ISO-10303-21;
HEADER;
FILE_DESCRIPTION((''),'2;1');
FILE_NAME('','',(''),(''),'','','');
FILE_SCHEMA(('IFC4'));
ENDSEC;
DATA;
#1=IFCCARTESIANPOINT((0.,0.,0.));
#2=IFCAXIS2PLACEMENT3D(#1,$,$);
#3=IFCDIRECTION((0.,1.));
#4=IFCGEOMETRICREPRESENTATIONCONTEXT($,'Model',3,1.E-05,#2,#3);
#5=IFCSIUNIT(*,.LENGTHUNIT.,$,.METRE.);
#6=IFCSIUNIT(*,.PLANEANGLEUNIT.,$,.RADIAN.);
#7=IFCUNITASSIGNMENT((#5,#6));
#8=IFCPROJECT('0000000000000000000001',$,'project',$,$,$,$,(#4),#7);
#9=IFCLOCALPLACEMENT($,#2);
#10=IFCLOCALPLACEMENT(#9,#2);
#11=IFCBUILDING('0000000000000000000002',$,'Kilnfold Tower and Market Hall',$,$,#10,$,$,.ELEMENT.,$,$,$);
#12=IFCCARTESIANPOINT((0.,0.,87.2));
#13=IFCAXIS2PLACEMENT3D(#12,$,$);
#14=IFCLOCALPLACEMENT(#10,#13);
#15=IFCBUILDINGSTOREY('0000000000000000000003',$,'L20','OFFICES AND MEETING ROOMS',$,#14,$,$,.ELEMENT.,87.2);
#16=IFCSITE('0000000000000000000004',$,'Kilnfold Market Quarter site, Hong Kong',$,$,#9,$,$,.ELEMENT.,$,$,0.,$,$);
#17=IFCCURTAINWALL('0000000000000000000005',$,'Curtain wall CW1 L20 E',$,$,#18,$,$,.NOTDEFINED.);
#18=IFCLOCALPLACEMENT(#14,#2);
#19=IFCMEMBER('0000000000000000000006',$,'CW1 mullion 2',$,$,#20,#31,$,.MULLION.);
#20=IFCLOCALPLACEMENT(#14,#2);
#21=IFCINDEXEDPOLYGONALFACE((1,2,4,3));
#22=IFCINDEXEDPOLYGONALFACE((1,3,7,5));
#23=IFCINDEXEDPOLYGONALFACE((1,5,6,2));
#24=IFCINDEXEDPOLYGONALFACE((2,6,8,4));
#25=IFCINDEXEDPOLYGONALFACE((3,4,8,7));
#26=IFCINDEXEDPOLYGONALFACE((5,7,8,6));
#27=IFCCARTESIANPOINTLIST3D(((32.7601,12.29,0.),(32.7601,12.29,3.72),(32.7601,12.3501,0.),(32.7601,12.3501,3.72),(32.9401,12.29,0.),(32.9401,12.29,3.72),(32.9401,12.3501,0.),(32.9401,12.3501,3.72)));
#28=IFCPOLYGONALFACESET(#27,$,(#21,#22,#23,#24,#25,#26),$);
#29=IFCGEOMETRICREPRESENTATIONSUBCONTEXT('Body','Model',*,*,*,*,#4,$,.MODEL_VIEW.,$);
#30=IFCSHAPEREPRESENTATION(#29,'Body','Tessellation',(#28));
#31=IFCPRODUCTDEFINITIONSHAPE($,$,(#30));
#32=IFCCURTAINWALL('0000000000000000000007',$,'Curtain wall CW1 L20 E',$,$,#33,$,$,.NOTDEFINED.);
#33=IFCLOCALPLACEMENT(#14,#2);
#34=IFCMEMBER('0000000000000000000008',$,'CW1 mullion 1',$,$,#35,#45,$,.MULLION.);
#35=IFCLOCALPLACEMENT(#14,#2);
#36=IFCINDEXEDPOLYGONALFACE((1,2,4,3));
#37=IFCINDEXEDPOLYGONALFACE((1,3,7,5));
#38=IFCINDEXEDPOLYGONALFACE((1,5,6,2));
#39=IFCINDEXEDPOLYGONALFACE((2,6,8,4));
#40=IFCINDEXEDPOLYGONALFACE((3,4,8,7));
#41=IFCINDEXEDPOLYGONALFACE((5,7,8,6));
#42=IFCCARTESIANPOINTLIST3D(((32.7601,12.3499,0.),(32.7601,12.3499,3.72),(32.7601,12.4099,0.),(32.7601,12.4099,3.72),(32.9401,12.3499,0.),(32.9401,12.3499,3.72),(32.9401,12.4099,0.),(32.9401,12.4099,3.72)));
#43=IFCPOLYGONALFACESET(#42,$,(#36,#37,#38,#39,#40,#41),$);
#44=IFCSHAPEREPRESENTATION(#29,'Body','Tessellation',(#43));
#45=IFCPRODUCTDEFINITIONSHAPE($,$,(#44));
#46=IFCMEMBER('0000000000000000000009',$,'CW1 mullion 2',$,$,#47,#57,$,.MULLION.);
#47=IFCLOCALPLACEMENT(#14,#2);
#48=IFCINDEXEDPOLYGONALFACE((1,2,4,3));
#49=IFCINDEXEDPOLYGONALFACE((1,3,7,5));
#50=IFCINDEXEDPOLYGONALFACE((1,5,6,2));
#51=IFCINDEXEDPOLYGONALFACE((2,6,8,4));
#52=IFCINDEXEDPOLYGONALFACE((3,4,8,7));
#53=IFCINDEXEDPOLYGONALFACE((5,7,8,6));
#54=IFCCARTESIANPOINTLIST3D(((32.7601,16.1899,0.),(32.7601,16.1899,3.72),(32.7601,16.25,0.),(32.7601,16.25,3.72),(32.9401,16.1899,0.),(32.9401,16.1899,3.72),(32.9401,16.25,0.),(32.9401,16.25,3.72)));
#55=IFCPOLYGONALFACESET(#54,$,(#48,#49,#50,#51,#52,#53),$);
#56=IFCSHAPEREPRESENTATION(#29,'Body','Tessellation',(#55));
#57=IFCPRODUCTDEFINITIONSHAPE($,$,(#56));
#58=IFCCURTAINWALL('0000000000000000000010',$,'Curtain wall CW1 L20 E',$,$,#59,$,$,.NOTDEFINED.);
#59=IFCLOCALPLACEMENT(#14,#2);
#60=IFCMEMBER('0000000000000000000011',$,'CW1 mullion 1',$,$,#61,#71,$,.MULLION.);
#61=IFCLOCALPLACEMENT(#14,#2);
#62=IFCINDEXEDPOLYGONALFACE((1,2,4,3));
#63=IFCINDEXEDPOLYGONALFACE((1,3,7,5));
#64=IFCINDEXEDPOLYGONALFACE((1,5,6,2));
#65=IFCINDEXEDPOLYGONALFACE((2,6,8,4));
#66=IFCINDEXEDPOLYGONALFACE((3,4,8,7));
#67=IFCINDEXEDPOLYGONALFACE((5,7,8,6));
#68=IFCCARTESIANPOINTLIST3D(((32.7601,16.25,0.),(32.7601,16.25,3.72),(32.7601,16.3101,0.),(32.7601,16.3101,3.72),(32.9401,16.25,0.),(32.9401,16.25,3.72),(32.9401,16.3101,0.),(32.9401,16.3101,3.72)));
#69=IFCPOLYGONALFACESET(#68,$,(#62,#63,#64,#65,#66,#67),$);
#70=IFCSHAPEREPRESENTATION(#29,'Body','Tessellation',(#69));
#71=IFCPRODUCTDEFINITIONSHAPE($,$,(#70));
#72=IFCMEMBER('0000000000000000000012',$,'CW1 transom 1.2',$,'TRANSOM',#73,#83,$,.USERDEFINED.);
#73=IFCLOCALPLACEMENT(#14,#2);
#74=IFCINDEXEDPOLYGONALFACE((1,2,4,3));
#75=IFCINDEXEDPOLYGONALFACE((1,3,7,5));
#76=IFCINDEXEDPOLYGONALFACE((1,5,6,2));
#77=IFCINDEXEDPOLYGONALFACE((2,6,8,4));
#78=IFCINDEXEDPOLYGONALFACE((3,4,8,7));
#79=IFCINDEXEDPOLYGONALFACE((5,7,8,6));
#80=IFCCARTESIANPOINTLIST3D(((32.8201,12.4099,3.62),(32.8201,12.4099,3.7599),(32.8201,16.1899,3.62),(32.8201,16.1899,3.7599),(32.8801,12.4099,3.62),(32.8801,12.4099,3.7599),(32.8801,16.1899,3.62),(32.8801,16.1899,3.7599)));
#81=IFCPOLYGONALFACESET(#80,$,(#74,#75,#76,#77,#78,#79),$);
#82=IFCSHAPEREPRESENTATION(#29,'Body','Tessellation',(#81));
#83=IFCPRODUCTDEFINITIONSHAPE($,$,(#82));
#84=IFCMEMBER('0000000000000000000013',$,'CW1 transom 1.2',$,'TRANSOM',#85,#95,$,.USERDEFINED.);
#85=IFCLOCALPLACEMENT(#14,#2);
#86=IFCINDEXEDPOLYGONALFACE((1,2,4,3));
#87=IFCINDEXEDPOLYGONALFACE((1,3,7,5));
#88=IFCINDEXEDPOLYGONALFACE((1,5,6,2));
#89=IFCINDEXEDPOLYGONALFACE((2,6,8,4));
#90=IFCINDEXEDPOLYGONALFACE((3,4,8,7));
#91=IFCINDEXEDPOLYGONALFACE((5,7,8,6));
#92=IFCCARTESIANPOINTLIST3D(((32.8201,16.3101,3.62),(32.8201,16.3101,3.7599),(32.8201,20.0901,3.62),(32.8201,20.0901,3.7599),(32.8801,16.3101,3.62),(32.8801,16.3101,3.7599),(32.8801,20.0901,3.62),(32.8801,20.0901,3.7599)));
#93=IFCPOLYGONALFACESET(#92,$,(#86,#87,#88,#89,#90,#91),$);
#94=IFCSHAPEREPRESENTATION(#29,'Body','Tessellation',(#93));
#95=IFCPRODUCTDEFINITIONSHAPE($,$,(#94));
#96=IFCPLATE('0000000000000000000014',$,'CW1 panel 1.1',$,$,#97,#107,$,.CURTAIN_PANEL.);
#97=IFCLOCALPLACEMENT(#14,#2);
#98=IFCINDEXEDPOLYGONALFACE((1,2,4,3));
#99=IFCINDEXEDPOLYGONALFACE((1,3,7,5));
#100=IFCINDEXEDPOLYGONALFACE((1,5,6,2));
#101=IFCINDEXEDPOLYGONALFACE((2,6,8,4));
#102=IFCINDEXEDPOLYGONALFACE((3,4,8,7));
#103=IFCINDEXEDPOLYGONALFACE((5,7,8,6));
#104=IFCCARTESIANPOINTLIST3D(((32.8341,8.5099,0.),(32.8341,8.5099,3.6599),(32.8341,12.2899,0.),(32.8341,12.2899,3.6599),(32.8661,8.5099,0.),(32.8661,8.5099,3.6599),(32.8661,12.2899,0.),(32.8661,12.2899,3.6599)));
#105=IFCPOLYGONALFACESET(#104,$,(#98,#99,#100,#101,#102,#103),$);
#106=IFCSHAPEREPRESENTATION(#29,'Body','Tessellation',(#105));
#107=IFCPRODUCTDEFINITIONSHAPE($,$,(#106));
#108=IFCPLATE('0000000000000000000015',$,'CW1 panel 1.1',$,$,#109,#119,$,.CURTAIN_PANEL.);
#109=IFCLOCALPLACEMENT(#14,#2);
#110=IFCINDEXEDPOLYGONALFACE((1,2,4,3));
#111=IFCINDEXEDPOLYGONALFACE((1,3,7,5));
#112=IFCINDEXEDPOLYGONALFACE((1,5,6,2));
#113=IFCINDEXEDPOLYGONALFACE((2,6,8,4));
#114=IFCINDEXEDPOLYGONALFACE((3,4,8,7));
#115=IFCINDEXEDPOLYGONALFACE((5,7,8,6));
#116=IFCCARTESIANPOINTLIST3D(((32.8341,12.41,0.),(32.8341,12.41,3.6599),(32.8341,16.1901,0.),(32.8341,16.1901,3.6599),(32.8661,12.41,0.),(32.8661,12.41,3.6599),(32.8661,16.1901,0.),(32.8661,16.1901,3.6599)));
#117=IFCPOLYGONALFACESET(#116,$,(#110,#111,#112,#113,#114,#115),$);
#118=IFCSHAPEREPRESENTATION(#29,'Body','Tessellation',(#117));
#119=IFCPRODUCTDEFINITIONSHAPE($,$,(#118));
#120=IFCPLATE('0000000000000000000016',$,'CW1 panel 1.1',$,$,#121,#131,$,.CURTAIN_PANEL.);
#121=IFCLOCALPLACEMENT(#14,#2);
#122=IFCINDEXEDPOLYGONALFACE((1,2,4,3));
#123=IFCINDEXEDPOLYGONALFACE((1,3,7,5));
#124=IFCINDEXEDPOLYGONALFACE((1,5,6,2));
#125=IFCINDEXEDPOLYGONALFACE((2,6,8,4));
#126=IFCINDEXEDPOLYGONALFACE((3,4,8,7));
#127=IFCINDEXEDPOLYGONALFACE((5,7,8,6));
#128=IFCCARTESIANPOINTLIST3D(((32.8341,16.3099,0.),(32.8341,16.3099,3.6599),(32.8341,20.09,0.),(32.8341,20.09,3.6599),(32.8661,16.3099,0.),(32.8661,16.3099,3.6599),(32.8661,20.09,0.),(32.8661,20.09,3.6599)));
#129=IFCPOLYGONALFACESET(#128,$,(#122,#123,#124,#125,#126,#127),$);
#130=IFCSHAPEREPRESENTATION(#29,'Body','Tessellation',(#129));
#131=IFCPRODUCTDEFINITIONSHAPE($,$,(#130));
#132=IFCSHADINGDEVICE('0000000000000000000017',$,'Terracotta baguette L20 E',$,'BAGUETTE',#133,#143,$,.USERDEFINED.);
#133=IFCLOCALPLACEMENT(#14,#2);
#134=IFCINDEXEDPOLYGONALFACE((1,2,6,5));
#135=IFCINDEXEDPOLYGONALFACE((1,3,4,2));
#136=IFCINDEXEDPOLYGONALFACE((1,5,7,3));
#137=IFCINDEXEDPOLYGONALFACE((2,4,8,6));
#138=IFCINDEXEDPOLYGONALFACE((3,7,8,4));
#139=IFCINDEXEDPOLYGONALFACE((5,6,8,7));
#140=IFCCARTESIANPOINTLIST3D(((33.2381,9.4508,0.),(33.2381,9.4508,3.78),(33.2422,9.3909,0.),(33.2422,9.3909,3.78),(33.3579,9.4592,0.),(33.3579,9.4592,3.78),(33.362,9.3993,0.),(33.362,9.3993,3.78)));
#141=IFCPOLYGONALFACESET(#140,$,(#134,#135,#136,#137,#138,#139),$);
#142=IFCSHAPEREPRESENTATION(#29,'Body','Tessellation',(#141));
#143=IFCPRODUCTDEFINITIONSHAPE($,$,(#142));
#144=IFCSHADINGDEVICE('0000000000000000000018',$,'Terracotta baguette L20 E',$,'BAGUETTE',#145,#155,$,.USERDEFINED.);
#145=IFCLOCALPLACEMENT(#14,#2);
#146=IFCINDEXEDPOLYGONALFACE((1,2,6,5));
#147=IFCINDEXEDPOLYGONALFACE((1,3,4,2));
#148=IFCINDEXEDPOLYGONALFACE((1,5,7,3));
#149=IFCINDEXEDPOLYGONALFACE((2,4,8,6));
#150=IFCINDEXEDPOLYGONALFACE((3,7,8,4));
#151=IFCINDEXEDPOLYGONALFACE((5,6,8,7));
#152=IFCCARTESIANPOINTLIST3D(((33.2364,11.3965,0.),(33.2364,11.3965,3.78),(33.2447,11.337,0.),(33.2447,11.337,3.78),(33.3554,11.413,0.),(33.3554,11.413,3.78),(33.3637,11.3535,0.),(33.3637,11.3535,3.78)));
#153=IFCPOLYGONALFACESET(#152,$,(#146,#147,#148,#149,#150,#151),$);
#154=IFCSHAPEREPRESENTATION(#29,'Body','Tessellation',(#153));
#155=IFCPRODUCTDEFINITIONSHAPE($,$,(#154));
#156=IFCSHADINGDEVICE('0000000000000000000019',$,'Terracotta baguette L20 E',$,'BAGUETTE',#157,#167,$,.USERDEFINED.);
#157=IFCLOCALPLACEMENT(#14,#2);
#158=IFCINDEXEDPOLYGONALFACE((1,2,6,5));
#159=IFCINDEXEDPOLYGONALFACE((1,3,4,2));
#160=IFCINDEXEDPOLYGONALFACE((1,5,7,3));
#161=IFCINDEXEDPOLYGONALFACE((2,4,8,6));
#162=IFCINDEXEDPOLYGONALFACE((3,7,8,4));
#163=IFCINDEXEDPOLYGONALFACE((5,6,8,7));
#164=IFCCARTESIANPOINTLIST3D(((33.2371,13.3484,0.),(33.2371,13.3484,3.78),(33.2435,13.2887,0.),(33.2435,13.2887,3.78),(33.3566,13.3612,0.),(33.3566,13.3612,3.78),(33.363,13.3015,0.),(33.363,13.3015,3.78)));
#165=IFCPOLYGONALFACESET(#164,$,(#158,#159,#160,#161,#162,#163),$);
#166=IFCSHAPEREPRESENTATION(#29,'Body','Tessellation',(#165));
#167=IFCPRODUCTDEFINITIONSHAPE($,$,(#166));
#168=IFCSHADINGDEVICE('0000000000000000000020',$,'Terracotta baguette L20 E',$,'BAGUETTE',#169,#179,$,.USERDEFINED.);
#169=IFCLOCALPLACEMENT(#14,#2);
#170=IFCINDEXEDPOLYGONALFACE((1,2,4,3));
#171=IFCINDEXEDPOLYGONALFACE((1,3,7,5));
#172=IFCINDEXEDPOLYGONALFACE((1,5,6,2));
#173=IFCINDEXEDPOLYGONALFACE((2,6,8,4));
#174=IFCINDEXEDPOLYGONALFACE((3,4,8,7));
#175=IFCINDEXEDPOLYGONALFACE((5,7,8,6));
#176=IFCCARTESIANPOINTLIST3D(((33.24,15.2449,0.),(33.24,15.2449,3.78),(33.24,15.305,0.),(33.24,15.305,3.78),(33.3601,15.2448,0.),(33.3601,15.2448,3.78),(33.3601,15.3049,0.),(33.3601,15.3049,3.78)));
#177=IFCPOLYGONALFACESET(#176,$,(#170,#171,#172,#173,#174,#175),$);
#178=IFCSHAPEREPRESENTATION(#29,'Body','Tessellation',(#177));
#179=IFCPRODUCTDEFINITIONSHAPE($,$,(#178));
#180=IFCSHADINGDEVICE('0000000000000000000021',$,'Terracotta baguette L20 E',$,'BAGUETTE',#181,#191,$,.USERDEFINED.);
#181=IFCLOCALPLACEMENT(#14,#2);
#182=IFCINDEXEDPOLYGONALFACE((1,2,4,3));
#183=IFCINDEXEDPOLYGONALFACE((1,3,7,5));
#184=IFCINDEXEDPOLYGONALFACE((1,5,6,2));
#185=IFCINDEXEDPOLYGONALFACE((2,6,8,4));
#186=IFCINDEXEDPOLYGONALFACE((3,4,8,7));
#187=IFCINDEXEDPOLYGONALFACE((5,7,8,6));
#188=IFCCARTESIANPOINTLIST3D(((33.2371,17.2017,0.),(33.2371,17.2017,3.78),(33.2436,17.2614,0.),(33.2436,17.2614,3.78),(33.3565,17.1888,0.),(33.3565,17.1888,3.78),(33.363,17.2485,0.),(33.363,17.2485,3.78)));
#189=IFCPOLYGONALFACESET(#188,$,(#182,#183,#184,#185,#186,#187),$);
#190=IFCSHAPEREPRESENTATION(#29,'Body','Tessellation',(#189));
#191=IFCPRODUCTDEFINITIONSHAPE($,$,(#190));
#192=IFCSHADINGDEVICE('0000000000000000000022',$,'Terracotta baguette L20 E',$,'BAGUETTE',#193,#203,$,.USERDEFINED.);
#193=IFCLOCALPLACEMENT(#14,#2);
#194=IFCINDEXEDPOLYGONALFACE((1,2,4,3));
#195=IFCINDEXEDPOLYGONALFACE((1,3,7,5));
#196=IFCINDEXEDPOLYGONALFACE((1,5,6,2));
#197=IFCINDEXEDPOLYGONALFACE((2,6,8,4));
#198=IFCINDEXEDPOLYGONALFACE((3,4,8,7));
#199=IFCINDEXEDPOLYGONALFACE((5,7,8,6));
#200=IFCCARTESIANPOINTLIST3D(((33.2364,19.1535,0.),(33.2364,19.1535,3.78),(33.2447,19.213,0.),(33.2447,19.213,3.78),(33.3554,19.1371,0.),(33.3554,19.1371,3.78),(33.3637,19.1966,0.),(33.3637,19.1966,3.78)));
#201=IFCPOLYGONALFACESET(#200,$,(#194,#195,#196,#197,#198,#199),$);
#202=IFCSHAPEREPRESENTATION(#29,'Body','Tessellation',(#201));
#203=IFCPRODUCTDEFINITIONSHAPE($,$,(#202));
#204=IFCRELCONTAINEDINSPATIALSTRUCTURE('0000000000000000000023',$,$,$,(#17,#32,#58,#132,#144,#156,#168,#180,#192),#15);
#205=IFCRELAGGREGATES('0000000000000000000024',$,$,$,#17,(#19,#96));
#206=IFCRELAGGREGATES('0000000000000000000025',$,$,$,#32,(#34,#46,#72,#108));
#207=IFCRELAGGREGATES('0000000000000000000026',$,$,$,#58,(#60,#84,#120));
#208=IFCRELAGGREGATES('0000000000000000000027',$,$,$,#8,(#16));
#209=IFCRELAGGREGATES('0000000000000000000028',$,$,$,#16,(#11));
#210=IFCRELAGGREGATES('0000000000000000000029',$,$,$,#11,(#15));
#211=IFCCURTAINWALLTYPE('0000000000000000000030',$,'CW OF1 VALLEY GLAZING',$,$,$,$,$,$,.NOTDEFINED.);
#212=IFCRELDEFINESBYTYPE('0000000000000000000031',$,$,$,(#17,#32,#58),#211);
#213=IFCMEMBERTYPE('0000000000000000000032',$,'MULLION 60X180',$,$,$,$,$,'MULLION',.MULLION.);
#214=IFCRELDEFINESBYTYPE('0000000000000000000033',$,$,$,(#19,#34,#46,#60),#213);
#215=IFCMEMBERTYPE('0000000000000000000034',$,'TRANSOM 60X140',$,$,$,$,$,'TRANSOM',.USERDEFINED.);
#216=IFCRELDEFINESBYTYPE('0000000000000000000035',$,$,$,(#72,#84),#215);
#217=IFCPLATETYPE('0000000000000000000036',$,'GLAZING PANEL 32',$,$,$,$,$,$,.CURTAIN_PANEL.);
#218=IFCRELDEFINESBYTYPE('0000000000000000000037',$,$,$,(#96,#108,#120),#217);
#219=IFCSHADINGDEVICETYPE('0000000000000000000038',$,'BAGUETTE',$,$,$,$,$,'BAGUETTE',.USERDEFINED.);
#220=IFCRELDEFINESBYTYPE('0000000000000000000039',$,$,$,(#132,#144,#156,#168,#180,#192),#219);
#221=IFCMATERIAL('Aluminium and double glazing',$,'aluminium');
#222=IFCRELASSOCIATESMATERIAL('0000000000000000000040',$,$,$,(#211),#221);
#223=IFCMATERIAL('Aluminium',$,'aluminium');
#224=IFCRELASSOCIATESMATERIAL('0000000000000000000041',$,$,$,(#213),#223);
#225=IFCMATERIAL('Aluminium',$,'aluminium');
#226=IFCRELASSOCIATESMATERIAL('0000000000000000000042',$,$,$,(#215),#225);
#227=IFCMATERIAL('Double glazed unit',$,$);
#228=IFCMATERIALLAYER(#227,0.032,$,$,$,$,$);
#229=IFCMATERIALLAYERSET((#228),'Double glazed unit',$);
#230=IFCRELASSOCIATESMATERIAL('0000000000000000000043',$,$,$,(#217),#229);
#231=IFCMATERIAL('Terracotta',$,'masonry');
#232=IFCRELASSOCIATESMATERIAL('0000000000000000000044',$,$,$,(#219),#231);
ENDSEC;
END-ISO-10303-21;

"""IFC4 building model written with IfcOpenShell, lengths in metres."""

from ifc_helpers import new_model, si_unit, direction, frame, origin, origin_2d, place, context, subcontext, project, spatial, rectangle, extrude, source, transform, mapped, material, layer, layer_set, material_profile, profile_set, type_object, element, aggregate, save


model = new_model("IFC4")

# Units and contexts
model_context = context("Model", 3, precision=1e-05, world=origin(), true_north=direction((0.0, 1.0)))
body_context = subcontext(model_context, "Body", "Model", "MODEL_VIEW")
ifc_project = project(units=[si_unit("LENGTHUNIT", "METRE"), si_unit("PLANEANGLEUNIT", "RADIAN")], contexts=[model_context])

# Site, building, storey
site_placement = place(None, origin())
site = spatial("IfcSite", under=ifc_project, at=site_placement, Name="Kilnfold Market Quarter site, Hong Kong", CompositionType="ELEMENT", RefElevation=0.0)
building_placement = place(site_placement, origin())
building = spatial("IfcBuilding", under=site, at=building_placement, Name="Kilnfold Tower and Market Hall", CompositionType="ELEMENT")
storey_placement = place(building_placement, frame((0.0, 0.0, 87.2)))
storey = spatial("IfcBuildingStorey", under=building, at=storey_placement, Name="L20", Description="OFFICES AND MEETING ROOMS", CompositionType="ELEMENT", Elevation=87.2)

# Curtain wall, member
ifc_material_1 = material(Name="Aluminium and double glazing", Category="aluminium")
curtain_wall_type = type_object("IfcCurtainWallType", Name="CW OF1 VALLEY GLAZING", PredefinedType="NOTDEFINED", material=ifc_material_1)
curtain_wall_1_placement = place(storey_placement, origin())
curtain_wall_1 = element("IfcCurtainWall", 1, at=curtain_wall_1_placement, inside=storey, type_object=curtain_wall_type, Name="Curtain wall CW1 L20 E", PredefinedType="NOTDEFINED")
ifc_material_2 = material(Name="Aluminium", Category="aluminium")
ifc_material_profile_1 = material_profile(ifc_material_2, rectangle(XDim=0.0601, YDim=0.1799, at=origin_2d()), Name="MULLION 60x180")
ifc_profile_set_1 = profile_set([ifc_material_profile_1], Name="Aluminium")
member_type_1 = type_object("IfcMemberType", Name="MULLION 60X180", ElementType="MULLION", PredefinedType="MULLION", material=ifc_profile_set_1)
shared_shape_1 = source(origin(), body_context, "Body", "SweptSolid", [
    extrude(rectangle(XDim=0.0601, YDim=0.1799, at=origin_2d()), origin(), (0.0, 0.0, 1.0), 3.72),
])
member_1_placement = place(storey_placement, frame((32.8501, 12.3201, 0.0), z_axis=(0.0, 0.0, 1.0), x_axis=(0.0, 1.0, 0.0)))
member_1 = element("IfcMember", 2, at=member_1_placement, type_object=member_type_1, Name="CW1 mullion 2", PredefinedType="MULLION", context=body_context, shape_type="MappedRepresentation", body=[
    mapped(shared_shape_1, transform((0.0, 0.0, 0.0))),
])

# Curtain wall, members
curtain_wall_2_placement = place(storey_placement, origin())
curtain_wall_2 = element("IfcCurtainWall", 3, at=curtain_wall_2_placement, inside=storey, type_object=curtain_wall_type, Name="Curtain wall CW1 L20 E", PredefinedType="NOTDEFINED")
member_2_placement = place(storey_placement, frame((32.8501, 12.3799, 0.0), z_axis=(0.0, 0.0, 1.0), x_axis=(0.0, 1.0, 0.0)))
member_2 = element("IfcMember", 4, at=member_2_placement, type_object=member_type_1, Name="CW1 mullion 1", PredefinedType="MULLION", context=body_context, shape_type="MappedRepresentation", body=[
    mapped(shared_shape_1, transform((0.0, 0.0, 0.0))),
])
member_3_placement = place(storey_placement, frame((32.8501, 16.22, 0.0), z_axis=(0.0, 0.0, 1.0), x_axis=(0.0, 1.0, 0.0)))
member_3 = element("IfcMember", 5, at=member_3_placement, type_object=member_type_1, Name="CW1 mullion 2", PredefinedType="MULLION", context=body_context, shape_type="MappedRepresentation", body=[
    mapped(shared_shape_1, transform((0.0, 0.0, 0.0))),
])

# Curtain wall, member
curtain_wall_3_placement = place(storey_placement, origin())
curtain_wall_3 = element("IfcCurtainWall", 6, at=curtain_wall_3_placement, inside=storey, type_object=curtain_wall_type, Name="Curtain wall CW1 L20 E", PredefinedType="NOTDEFINED")
member_4_placement = place(storey_placement, frame((32.8501, 16.28, 0.0), z_axis=(0.0, 0.0, 1.0), x_axis=(0.0, 1.0, 0.0)))
member_4 = element("IfcMember", 7, at=member_4_placement, type_object=member_type_1, Name="CW1 mullion 1", PredefinedType="MULLION", context=body_context, shape_type="MappedRepresentation", body=[
    mapped(shared_shape_1, transform((0.0, 0.0, 0.0))),
])

# Members
ifc_material_3 = material(Name="Aluminium", Category="aluminium")
ifc_material_profile_2 = material_profile(ifc_material_3, rectangle(XDim=0.0601, YDim=0.1399, at=origin_2d()), Name="TRANSOM 60x140")
ifc_profile_set_2 = profile_set([ifc_material_profile_2], Name="Aluminium")
member_type_2 = type_object("IfcMemberType", Name="TRANSOM 60X140", ElementType="TRANSOM", PredefinedType="USERDEFINED", material=ifc_profile_set_2)
shared_shape_2 = source(origin(), body_context, "Body", "SweptSolid", [
    extrude(rectangle(XDim=0.0601, YDim=0.1399, at=origin_2d()), origin(), (0.0, 0.0, 1.0), 3.78),
])
member_5_placement = place(storey_placement, frame((32.8501, 12.4099, 3.6899), z_axis=(0.0, 1.0, 0.0), x_axis=(-1.0, 0.0, 0.0)))
member_5 = element("IfcMember", 8, at=member_5_placement, type_object=member_type_2, Name="CW1 transom 1.2", ObjectType="TRANSOM", PredefinedType="USERDEFINED", context=body_context, shape_type="MappedRepresentation", body=[
    mapped(shared_shape_2, transform((0.0, 0.0, 0.0))),
])
member_6_placement = place(storey_placement, frame((32.8501, 16.3101, 3.6899), z_axis=(0.0, 1.0, 0.0), x_axis=(-1.0, 0.0, 0.0)))
member_6 = element("IfcMember", 9, at=member_6_placement, type_object=member_type_2, Name="CW1 transom 1.2", ObjectType="TRANSOM", PredefinedType="USERDEFINED", context=body_context, shape_type="MappedRepresentation", body=[
    mapped(shared_shape_2, transform((0.0, 0.0, 0.0))),
])

# Plates
ifc_material_4 = material(Name="Double glazed unit")
ifc_layer = layer(ifc_material_4, 0.032)
ifc_layer_set = layer_set([ifc_layer], Name="Double glazed unit")
plate_type = type_object("IfcPlateType", Name="GLAZING PANEL 32", PredefinedType="CURTAIN_PANEL", material=ifc_layer_set)
shared_shape_3 = source(origin(), body_context, "Body", "SweptSolid", [
    extrude(rectangle(XDim=3.78, YDim=0.032, at=origin_2d()), origin(), (0.0, 0.0, 1.0), 3.6599),
])
plate_1_placement = place(storey_placement, frame((32.8501, 10.3999, 0.0), z_axis=(0.0, 0.0, 1.0), x_axis=(0.0, 1.0, 0.0)))
plate_1 = element("IfcPlate", 10, at=plate_1_placement, type_object=plate_type, Name="CW1 panel 1.1", PredefinedType="CURTAIN_PANEL", context=body_context, shape_type="MappedRepresentation", body=[
    mapped(shared_shape_3, transform((0.0, 0.0, 0.0))),
])
aggregate(curtain_wall_1, [member_1, plate_1])
plate_2_placement = place(storey_placement, frame((32.8501, 14.3, 0.0), z_axis=(0.0, 0.0, 1.0), x_axis=(0.0, 1.0, 0.0)))
plate_2 = element("IfcPlate", 11, at=plate_2_placement, type_object=plate_type, Name="CW1 panel 1.1", PredefinedType="CURTAIN_PANEL", context=body_context, shape_type="MappedRepresentation", body=[
    mapped(shared_shape_3, transform((0.0, 0.0, 0.0))),
])
aggregate(curtain_wall_2, [member_2, member_3, member_5, plate_2])
plate_3_placement = place(storey_placement, frame((32.8501, 18.2, 0.0), z_axis=(0.0, 0.0, 1.0), x_axis=(0.0, 1.0, 0.0)))
plate_3 = element("IfcPlate", 12, at=plate_3_placement, type_object=plate_type, Name="CW1 panel 1.1", PredefinedType="CURTAIN_PANEL", context=body_context, shape_type="MappedRepresentation", body=[
    mapped(shared_shape_3, transform((0.0, 0.0, 0.0))),
])
aggregate(curtain_wall_3, [member_4, member_6, plate_3])

# Shading devices
ifc_material_5 = material(Name="Terracotta", Category="masonry")
ifc_material_profile_3 = material_profile(ifc_material_5, rectangle(XDim=0.0601, YDim=0.1201, at=origin_2d()), Name="BAG 60x120")
ifc_profile_set_3 = profile_set([ifc_material_profile_3], Name="Terracotta")
shading_device_type = type_object("IfcShadingDeviceType", Name="BAGUETTE", ElementType="BAGUETTE", PredefinedType="USERDEFINED", material=ifc_profile_set_3)
shared_shape_4 = source(origin(), body_context, "Body", "SweptSolid", [
    extrude(rectangle(XDim=0.0601, YDim=0.1201, at=origin_2d()), origin(), (0.0, 0.0, 1.0), 3.78),
])
for number, where, z_axis, x_axis, name in (
    (13, (33.3, 9.425, 0.0), (0.0, 0.0, 1.0), (-0.069328, 0.997594, 0.0), "Terracotta baguette L20 E"),
    (14, (33.3, 11.375, 0.0), (0.0, 0.0, 1.0), (-0.137047, 0.990565, 0.0), "Terracotta baguette L20 E"),
    (15, (33.3, 13.325, 0.0), (0.0, 0.0, 1.0), (-0.106629, 0.994299, 0.0), "Terracotta baguette L20 E"),
    (16, (33.3, 15.2749, 0.0), (0.0, 0.0, 1.0), (0.000548, 1.0, 0.0), "Terracotta baguette L20 E"),
    (17, (33.3, 17.2251, 0.0), (0.0, 0.0, 1.0), (0.107326, 0.994224, 0.0), "Terracotta baguette L20 E"),
    (18, (33.3, 19.175, 0.0), (0.0, 0.0, 1.0), (0.136853, 0.990591, 0.0), "Terracotta baguette L20 E"),
):
    element("IfcShadingDevice", number, at=place(storey_placement, frame(where, z_axis=z_axis, x_axis=x_axis)), inside=storey, type_object=shading_device_type, Name=name, ObjectType="BAGUETTE", PredefinedType="USERDEFINED", context=body_context, shape_type="MappedRepresentation", body=[
        mapped(shared_shape_4, transform((0.0, 0.0, 0.0))),
    ])

save(model, "model.ifc")
